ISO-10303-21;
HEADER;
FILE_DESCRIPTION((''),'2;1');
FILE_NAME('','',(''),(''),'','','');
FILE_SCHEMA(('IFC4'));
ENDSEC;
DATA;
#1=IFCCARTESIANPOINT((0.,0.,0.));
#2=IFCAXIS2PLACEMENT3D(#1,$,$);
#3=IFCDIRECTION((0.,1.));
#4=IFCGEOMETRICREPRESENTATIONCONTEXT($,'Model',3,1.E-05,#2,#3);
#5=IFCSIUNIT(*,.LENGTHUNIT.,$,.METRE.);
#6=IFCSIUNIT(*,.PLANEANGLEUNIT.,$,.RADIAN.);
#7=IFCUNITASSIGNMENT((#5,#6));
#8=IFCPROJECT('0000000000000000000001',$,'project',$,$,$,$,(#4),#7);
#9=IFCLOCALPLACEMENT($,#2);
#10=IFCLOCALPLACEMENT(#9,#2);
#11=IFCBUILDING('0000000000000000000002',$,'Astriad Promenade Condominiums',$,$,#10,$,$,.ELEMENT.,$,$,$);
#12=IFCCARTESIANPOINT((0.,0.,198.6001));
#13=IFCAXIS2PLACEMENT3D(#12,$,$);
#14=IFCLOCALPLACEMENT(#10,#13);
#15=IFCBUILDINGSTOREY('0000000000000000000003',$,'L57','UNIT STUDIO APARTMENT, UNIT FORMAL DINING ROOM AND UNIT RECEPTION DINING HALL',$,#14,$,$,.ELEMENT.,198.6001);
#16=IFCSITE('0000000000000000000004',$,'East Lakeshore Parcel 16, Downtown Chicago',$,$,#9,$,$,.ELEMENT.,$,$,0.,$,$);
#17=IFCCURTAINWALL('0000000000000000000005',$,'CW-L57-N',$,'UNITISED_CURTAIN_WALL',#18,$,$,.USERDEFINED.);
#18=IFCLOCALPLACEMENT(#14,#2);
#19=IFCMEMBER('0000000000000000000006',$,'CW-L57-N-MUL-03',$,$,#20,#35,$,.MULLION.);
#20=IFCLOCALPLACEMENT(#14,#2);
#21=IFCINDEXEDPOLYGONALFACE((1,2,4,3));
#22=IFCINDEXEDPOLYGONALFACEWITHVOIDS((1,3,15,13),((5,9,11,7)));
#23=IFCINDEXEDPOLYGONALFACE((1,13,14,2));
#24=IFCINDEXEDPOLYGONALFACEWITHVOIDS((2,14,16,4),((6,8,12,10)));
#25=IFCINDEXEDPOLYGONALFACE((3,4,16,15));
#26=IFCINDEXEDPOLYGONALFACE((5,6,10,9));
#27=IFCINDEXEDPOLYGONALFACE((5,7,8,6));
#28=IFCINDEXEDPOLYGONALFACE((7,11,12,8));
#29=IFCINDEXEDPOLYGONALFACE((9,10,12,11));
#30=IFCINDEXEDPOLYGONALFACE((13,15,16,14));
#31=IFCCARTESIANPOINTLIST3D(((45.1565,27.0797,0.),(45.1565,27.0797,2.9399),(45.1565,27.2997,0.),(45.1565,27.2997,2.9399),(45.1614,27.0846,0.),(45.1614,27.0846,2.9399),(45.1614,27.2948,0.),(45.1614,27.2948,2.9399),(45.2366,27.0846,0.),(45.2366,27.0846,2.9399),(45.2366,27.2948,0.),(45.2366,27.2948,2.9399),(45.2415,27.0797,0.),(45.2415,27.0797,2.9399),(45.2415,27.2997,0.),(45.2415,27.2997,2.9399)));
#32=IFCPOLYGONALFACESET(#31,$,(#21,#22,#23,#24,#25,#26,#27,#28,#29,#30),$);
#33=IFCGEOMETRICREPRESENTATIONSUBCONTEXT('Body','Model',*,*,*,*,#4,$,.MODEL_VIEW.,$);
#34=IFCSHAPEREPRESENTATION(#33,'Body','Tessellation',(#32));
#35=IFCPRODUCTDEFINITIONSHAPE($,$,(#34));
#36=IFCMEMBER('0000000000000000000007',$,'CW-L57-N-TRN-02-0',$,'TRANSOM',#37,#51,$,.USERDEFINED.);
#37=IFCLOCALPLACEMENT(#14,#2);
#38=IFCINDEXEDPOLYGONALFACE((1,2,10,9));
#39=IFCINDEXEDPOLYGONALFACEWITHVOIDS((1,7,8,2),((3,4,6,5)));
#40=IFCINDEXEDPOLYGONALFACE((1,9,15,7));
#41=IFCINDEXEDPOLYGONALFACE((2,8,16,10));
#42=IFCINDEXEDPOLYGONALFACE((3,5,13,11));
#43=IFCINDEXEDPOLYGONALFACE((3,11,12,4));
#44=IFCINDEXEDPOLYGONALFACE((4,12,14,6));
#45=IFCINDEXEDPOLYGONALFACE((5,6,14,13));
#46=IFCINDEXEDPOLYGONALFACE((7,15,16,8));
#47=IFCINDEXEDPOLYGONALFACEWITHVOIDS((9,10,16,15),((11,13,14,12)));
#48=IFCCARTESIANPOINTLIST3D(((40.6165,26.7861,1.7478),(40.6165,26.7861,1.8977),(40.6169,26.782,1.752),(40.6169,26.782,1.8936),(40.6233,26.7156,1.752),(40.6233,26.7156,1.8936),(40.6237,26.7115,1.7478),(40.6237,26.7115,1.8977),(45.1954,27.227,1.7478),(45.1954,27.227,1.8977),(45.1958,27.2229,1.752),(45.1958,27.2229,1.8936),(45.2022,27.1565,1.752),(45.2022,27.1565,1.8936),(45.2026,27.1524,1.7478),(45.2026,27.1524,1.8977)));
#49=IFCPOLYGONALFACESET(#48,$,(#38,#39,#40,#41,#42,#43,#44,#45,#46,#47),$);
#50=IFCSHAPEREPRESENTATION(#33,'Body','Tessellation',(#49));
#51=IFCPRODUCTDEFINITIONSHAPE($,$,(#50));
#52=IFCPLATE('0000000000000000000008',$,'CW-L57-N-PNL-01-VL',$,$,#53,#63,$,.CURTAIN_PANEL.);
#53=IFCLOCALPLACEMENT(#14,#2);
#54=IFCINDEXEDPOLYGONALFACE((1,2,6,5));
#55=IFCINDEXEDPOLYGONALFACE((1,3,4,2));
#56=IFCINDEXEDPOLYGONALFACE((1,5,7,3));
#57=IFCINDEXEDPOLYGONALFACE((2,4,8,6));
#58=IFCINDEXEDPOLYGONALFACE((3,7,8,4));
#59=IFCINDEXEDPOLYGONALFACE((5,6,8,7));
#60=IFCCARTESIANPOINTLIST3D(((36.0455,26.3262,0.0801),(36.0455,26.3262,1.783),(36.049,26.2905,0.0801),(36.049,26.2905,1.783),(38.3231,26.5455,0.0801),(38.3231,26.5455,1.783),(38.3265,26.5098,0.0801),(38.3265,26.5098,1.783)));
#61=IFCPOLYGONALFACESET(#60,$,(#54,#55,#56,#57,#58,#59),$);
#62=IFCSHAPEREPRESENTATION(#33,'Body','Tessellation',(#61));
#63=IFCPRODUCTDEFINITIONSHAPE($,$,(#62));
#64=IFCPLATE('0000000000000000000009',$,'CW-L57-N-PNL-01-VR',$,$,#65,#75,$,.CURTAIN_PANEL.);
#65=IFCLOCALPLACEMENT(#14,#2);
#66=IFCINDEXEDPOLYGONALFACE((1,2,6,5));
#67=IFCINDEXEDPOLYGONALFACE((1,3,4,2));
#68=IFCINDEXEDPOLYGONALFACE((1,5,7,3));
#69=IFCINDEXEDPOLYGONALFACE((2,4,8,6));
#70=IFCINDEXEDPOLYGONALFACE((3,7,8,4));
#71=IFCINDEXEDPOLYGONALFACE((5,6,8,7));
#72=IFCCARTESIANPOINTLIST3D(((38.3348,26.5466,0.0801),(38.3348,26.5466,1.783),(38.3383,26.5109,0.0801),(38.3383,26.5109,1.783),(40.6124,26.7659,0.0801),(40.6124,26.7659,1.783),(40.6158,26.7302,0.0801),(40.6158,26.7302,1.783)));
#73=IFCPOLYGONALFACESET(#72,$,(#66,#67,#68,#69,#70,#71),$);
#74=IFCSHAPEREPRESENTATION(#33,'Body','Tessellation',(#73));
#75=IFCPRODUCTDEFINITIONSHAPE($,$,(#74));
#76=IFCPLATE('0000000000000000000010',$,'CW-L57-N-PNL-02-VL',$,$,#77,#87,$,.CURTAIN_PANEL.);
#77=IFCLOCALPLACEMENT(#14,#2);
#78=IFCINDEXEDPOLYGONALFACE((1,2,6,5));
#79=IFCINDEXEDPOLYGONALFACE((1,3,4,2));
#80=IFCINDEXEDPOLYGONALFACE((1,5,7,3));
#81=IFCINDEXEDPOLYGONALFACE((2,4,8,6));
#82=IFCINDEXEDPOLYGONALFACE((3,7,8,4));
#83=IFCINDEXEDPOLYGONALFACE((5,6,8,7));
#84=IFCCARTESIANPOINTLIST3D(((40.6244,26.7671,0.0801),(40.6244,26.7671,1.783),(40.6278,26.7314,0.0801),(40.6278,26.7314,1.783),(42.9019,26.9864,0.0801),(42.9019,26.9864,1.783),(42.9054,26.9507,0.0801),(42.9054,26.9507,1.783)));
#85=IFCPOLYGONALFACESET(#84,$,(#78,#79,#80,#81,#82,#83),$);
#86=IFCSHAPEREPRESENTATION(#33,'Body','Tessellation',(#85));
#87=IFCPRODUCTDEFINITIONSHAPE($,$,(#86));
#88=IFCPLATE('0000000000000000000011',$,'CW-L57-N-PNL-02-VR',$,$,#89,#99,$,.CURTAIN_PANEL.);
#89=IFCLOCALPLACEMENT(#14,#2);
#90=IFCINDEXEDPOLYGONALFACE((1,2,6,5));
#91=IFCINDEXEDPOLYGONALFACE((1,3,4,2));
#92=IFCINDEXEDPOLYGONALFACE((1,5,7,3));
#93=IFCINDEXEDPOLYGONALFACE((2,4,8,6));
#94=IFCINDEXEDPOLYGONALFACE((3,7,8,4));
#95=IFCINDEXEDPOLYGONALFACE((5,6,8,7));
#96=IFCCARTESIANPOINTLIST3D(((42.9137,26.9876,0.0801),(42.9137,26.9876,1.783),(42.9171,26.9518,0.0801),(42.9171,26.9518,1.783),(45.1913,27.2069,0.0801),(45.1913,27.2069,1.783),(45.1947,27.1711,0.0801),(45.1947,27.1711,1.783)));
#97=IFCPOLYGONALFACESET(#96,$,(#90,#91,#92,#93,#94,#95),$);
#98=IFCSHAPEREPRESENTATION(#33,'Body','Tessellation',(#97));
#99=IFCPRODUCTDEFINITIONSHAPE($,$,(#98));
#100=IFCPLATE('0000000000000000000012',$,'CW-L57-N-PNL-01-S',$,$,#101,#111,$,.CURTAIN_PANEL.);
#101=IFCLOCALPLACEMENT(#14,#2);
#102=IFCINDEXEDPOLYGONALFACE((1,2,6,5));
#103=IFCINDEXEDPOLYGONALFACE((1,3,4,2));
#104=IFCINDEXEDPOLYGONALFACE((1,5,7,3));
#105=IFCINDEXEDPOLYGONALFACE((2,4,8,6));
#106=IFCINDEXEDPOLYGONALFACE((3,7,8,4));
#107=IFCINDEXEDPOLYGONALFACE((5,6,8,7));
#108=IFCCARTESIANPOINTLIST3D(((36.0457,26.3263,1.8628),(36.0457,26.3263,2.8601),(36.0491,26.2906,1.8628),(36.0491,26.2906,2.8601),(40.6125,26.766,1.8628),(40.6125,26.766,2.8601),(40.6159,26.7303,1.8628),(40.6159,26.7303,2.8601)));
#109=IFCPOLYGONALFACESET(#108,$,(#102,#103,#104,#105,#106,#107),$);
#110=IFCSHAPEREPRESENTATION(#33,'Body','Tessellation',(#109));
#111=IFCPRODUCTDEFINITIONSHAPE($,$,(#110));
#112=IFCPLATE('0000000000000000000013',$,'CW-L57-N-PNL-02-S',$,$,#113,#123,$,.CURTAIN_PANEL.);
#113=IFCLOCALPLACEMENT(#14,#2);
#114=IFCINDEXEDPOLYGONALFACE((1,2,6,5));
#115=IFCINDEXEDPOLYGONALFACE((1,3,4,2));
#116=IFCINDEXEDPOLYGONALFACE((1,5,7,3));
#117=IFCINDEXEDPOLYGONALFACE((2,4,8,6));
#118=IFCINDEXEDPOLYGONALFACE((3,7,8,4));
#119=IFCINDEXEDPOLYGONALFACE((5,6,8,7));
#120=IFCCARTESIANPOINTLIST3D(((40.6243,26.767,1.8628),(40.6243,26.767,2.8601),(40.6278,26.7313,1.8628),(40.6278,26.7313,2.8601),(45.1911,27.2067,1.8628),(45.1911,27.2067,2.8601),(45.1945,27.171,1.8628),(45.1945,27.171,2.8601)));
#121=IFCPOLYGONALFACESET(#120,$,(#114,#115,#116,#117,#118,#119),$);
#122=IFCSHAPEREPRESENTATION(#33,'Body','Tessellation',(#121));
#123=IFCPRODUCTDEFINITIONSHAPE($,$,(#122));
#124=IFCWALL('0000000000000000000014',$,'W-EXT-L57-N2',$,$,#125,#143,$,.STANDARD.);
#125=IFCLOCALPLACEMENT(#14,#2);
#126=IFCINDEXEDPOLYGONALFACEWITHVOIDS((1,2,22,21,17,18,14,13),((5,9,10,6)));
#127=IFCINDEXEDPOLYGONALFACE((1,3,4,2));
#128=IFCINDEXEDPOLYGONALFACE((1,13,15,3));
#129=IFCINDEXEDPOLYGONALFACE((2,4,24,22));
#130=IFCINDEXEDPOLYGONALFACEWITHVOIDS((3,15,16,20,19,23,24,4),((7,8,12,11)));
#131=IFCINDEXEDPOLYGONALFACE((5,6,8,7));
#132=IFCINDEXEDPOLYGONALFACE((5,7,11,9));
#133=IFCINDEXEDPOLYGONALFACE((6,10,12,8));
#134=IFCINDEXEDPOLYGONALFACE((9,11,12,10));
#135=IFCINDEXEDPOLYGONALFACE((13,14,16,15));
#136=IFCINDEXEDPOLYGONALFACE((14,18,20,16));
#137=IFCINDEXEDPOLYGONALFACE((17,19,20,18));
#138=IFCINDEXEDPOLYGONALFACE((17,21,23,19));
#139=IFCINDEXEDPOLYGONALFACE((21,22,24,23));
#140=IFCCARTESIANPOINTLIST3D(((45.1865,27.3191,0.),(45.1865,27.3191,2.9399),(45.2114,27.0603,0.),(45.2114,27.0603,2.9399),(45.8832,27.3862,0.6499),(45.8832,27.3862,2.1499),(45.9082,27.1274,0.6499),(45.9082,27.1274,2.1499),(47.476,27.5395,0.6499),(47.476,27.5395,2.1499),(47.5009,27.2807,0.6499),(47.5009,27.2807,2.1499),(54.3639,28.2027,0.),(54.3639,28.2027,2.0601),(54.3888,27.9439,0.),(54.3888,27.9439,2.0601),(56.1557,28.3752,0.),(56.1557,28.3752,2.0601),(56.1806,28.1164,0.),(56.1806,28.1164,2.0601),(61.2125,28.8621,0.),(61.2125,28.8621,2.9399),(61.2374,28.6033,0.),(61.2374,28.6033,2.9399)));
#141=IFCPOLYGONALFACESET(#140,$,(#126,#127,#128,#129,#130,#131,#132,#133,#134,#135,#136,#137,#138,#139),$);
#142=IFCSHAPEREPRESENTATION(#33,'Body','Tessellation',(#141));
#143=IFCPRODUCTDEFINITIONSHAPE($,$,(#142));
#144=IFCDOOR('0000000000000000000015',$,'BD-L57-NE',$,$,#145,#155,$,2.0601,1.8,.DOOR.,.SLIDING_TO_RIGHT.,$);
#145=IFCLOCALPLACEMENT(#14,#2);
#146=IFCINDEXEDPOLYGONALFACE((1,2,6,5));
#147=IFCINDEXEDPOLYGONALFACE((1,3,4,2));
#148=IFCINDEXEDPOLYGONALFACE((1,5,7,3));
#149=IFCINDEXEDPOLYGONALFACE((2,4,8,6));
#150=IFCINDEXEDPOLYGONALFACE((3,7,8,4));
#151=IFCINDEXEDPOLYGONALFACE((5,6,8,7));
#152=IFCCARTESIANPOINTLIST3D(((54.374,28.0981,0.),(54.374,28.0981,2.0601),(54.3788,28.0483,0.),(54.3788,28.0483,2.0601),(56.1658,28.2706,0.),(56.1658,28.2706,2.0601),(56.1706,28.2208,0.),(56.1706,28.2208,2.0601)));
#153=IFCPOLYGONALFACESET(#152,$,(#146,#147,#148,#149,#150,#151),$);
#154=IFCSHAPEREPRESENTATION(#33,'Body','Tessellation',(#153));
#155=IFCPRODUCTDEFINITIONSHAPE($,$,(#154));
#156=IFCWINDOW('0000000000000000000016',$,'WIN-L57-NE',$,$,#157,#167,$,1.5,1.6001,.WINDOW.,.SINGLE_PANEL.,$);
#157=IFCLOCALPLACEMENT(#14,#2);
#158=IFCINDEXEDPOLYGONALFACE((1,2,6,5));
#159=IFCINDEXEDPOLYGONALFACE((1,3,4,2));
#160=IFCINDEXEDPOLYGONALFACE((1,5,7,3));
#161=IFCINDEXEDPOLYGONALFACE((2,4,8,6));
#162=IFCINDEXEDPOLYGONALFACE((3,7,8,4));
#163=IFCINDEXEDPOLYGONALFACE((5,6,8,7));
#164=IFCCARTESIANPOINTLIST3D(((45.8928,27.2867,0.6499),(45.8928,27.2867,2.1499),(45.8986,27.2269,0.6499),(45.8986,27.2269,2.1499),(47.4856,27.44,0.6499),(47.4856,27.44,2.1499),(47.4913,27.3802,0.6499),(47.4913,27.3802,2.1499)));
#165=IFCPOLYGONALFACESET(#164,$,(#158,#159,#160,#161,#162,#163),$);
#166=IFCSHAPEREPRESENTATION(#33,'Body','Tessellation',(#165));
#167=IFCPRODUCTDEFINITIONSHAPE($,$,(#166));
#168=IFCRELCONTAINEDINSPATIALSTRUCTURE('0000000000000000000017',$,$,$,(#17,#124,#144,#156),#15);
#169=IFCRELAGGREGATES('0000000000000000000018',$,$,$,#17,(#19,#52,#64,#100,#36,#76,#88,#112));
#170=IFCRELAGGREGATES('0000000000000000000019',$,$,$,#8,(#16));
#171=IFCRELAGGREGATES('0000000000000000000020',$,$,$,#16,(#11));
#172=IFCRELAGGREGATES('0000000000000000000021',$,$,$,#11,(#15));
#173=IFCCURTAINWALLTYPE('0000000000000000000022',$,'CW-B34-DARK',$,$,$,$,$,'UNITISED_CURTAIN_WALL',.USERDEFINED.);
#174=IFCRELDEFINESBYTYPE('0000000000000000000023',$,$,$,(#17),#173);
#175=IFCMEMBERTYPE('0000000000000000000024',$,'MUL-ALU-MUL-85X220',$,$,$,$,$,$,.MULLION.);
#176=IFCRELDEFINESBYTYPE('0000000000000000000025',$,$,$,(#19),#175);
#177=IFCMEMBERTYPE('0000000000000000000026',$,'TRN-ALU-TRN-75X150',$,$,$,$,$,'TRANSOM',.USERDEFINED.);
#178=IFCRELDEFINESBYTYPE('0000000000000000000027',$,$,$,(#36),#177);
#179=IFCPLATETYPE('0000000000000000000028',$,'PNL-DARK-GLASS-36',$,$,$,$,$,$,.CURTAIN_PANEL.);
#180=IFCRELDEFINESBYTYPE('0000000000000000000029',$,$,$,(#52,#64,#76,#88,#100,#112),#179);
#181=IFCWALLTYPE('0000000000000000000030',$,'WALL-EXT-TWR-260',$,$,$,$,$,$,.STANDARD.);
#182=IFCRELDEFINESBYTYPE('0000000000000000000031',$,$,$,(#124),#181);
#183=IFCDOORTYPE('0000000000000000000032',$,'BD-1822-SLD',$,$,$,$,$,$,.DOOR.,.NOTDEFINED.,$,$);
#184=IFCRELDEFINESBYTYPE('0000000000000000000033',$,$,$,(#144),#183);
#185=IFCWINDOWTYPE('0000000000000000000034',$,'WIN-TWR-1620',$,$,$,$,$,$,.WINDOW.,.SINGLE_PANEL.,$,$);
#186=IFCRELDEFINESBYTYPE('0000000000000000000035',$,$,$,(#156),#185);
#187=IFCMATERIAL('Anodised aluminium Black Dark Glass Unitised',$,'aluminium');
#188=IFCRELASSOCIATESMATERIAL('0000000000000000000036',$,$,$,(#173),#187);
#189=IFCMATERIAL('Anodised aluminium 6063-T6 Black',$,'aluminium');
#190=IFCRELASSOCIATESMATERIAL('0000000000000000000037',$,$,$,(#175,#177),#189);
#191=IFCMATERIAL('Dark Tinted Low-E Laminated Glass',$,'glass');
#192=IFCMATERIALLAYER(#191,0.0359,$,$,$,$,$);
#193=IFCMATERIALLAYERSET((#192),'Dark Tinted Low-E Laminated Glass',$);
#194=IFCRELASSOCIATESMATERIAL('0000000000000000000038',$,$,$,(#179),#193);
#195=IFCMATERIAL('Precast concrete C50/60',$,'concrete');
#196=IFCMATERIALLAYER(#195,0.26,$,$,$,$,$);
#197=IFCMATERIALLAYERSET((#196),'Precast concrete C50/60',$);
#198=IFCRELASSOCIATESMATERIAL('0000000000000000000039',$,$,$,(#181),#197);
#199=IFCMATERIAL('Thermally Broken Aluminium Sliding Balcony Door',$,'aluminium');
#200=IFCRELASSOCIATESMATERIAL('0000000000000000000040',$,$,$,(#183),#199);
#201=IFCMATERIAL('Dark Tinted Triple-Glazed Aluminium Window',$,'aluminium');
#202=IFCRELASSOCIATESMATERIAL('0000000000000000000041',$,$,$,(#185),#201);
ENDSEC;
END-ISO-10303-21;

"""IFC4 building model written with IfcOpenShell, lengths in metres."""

from ifc_helpers import new_model, si_unit, direction, frame, frame_2d, origin, origin_2d, place, context, subcontext, project, spatial, rectangle, hollow_rectangle, extrude, source, transform, mapped, material, layer, layer_set, material_profile, profile_set, type_object, type_shapes, element, fill, aggregate, save


model = new_model("IFC4")

# Units and contexts
model_context = context("Model", 3, precision=1e-05, world=origin(), true_north=direction((0.0, 1.0)))
body_context = subcontext(model_context, "Body", "Model", "MODEL_VIEW")
ifc_project = project(units=[si_unit("LENGTHUNIT", "METRE"), si_unit("PLANEANGLEUNIT", "RADIAN")], contexts=[model_context])

# Site, building, storey
site_placement = place(None, origin())
site = spatial("IfcSite", under=ifc_project, at=site_placement, Name="East Lakeshore Parcel 16, Downtown Chicago", CompositionType="ELEMENT", RefElevation=0.0)
building_placement = place(site_placement, origin())
building = spatial("IfcBuilding", under=site, at=building_placement, Name="Astriad Promenade Condominiums", CompositionType="ELEMENT")
storey_placement = place(building_placement, frame((0.0, 0.0, 198.6001)))
storey = spatial("IfcBuildingStorey", under=building, at=storey_placement, Name="L57", Description="UNIT STUDIO APARTMENT, UNIT FORMAL DINING ROOM AND UNIT RECEPTION DINING HALL", CompositionType="ELEMENT", Elevation=198.6001)

# Curtain wall, members, plates
ifc_material_1 = material(Name="Anodised aluminium Black Dark Glass Unitised", Category="aluminium")
curtain_wall_type = type_object("IfcCurtainWallType", Name="CW-B34-DARK", ElementType="UNITISED_CURTAIN_WALL", PredefinedType="USERDEFINED", material=ifc_material_1)
curtain_wall_placement = place(storey_placement, origin())
curtain_wall = element("IfcCurtainWall", 1, at=curtain_wall_placement, inside=storey, type_object=curtain_wall_type, Name="CW-L57-N", ObjectType="UNITISED_CURTAIN_WALL", PredefinedType="USERDEFINED")
ifc_material_2 = material(Name="Anodised aluminium 6063-T6 Black", Category="aluminium")
ifc_material_profile_1 = material_profile(ifc_material_2, hollow_rectangle(XDim=0.085, YDim=0.22, WallThickness=0.0049, at=origin_2d()), Name="ALU-MUL-85X220")
ifc_profile_set_1 = profile_set([ifc_material_profile_1], Name="Anodised aluminium 6063-T6 Black")
member_type_1 = type_object("IfcMemberType", Name="MUL-ALU-MUL-85X220", PredefinedType="MULLION", material=ifc_profile_set_1)
shared_shape_1 = source(origin(), body_context, "Body", "SweptSolid", [
    extrude(hollow_rectangle(XDim=0.085, YDim=0.22, WallThickness=0.0049, at=origin_2d()), origin(), (0.0, 0.0, 1.0), 2.9399),
])
type_shapes(member_type_1, [shared_shape_1])
member_1_placement = place(storey_placement, frame((45.199, 27.1897, 0.0), z_axis=(0.0, 0.0, 1.0), x_axis=(1.0, 0.0, 0.0)))
member_1 = element("IfcMember", 2, at=member_1_placement, type_object=member_type_1, Name="CW-L57-N-MUL-03", PredefinedType="MULLION", context=body_context, shape_type="MappedRepresentation", body=[
    mapped(shared_shape_1, transform((0.0, 0.0, 0.0), scale=1.0)),
])
ifc_material_profile_2 = material_profile(ifc_material_2, hollow_rectangle(XDim=0.075, YDim=0.1499, WallThickness=0.0042, at=origin_2d()), Name="ALU-TRN-75X150")
ifc_profile_set_2 = profile_set([ifc_material_profile_2], Name="Anodised aluminium 6063-T6 Black")
member_type_2 = type_object("IfcMemberType", Name="TRN-ALU-TRN-75X150", ElementType="TRANSOM", PredefinedType="USERDEFINED", material=ifc_profile_set_2)
shared_shape_2 = source(origin(), body_context, "Body", "SweptSolid", [
    extrude(hollow_rectangle(XDim=0.075, YDim=0.1499, WallThickness=0.0042, at=origin_2d()), origin(), (0.0, 0.0, 1.0), 4.6001),
])
type_shapes(member_type_2, [shared_shape_2])
member_2_placement = place(storey_placement, frame((40.6201, 26.7488, 1.8228), z_axis=(0.995396, 0.095851, 0.0), x_axis=(-0.095851, 0.995396, 0.0)))
member_2 = element("IfcMember", 3, at=member_2_placement, type_object=member_type_2, Name="CW-L57-N-TRN-02-0", ObjectType="TRANSOM", PredefinedType="USERDEFINED", context=body_context, shape_type="MappedRepresentation", body=[
    mapped(shared_shape_2, transform((0.0, 0.0, 0.0), scale=1.0)),
])
ifc_material_3 = material(Name="Dark Tinted Low-E Laminated Glass", Category="glass")
ifc_layer_1 = layer(ifc_material_3, 0.0359)
ifc_layer_set_1 = layer_set([ifc_layer_1], Name="Dark Tinted Low-E Laminated Glass")
plate_type = type_object("IfcPlateType", Name="PNL-DARK-GLASS-36", PredefinedType="CURTAIN_PANEL", material=ifc_layer_set_1)
shared_shape_3 = source(origin(), body_context, "Body", "SweptSolid", [
    extrude(rectangle(XDim=2.2881, YDim=0.0359, at=origin_2d()), origin(), (0.0, 0.0, 1.0), 1.7029),
])
plate_1_placement = place(storey_placement, frame((37.186, 26.418, 0.0801), z_axis=(0.0, 0.0, 1.0), x_axis=(0.995396, 0.095846, 0.0)))
plate_1 = element("IfcPlate", 4, at=plate_1_placement, type_object=plate_type, Name="CW-L57-N-PNL-01-VL", PredefinedType="CURTAIN_PANEL", context=body_context, shape_type="MappedRepresentation", body=[
    mapped(shared_shape_3, transform((0.0, 0.0, 0.0), scale=1.0)),
])
plate_2_placement = place(storey_placement, frame((39.4753, 26.6384, 0.0801), z_axis=(0.0, 0.0, 1.0), x_axis=(0.995396, 0.095846, 0.0)))
plate_2 = element("IfcPlate", 5, at=plate_2_placement, type_object=plate_type, Name="CW-L57-N-PNL-01-VR", PredefinedType="CURTAIN_PANEL", context=body_context, shape_type="MappedRepresentation", body=[
    mapped(shared_shape_3, transform((0.0, 0.0, 0.0), scale=1.0)),
])
plate_3_placement = place(storey_placement, frame((41.7649, 26.8589, 0.0801), z_axis=(0.0, 0.0, 1.0), x_axis=(0.995396, 0.095846, 0.0)))
plate_3 = element("IfcPlate", 6, at=plate_3_placement, type_object=plate_type, Name="CW-L57-N-PNL-02-VL", PredefinedType="CURTAIN_PANEL", context=body_context, shape_type="MappedRepresentation", body=[
    mapped(shared_shape_3, transform((0.0, 0.0, 0.0), scale=1.0)),
])
plate_4_placement = place(storey_placement, frame((44.0542, 27.0793, 0.0801), z_axis=(0.0, 0.0, 1.0), x_axis=(0.995396, 0.095846, 0.0)))
plate_4 = element("IfcPlate", 7, at=plate_4_placement, type_object=plate_type, Name="CW-L57-N-PNL-02-VR", PredefinedType="CURTAIN_PANEL", context=body_context, shape_type="MappedRepresentation", body=[
    mapped(shared_shape_3, transform((0.0, 0.0, 0.0), scale=1.0)),
])
shared_shape_4 = source(origin(), body_context, "Body", "SweptSolid", [
    extrude(rectangle(XDim=4.5879, YDim=0.0359, at=origin_2d()), origin(), (0.0, 0.0, 1.0), 0.9973),
])
type_shapes(plate_type, [shared_shape_3, shared_shape_4])
plate_5_placement = place(storey_placement, frame((38.3308, 26.5283, 1.8628), z_axis=(0.0, 0.0, 1.0), x_axis=(0.995396, 0.095846, 0.0)))
plate_5 = element("IfcPlate", 8, at=plate_5_placement, type_object=plate_type, Name="CW-L57-N-PNL-01-S", PredefinedType="CURTAIN_PANEL", context=body_context, shape_type="MappedRepresentation", body=[
    mapped(shared_shape_4, transform((0.0, 0.0, 0.0), scale=1.0)),
])
plate_6_placement = place(storey_placement, frame((42.9094, 26.969, 1.8628), z_axis=(0.0, 0.0, 1.0), x_axis=(0.995396, 0.095846, 0.0)))
plate_6 = element("IfcPlate", 9, at=plate_6_placement, type_object=plate_type, Name="CW-L57-N-PNL-02-S", PredefinedType="CURTAIN_PANEL", context=body_context, shape_type="MappedRepresentation", body=[
    mapped(shared_shape_4, transform((0.0, 0.0, 0.0), scale=1.0)),
])
aggregate(curtain_wall, [member_1, plate_1, plate_2, plate_5, member_2, plate_3, plate_4, plate_6])

# Wall, openings, door, window
ifc_material_4 = material(Name="Precast concrete C50/60", Category="concrete")
ifc_layer_2 = layer(ifc_material_4, 0.26)
ifc_layer_set_2 = layer_set([ifc_layer_2], Name="Precast concrete C50/60")
wall_type_1 = type_object("IfcWallType", Name="WALL-EXT-TWR-260", PredefinedType="STANDARD", material=ifc_layer_set_2)
wall_1_placement = place(storey_placement, frame((45.199, 27.1897, 0.0), z_axis=(0.0, 0.0, 1.0), x_axis=(0.995397, 0.095837, 0.0)))
wall_1 = element("IfcWall", 10, at=wall_1_placement, inside=storey, type_object=wall_type_1, Name="W-EXT-L57-N2", PredefinedType="STANDARD", context=body_context, shape_type="SweptSolid", body=[
    extrude(rectangle(XDim=16.1001, YDim=0.26, at=frame_2d((8.05, 0.0))), origin(), (0.0, 0.0, 1.0), 2.9399),
])
opening_1_placement = place(wall_1_placement, frame((9.22, 0.0, 0.0)))
opening_1 = element("IfcOpeningElement", 11, at=opening_1_placement, cuts=wall_1, PredefinedType="OPENING", context=body_context, shape_type="SweptSolid", body=[
    extrude(rectangle(XDim=1.8, YDim=2.0601, at=frame_2d((0.8999, 1.03))), frame((0.0, 0.1399, 0.0), z_axis=(0.0, -1.0, 0.0), x_axis=(1.0, 0.0, 0.0)), (0.0, 0.0, 1.0), 0.28),
])
opening_2_placement = place(wall_1_placement, frame((0.7, 0.0, 0.6499)))
opening_2 = element("IfcOpeningElement", 12, at=opening_2_placement, cuts=wall_1, PredefinedType="OPENING", context=body_context, shape_type="SweptSolid", body=[
    extrude(rectangle(XDim=1.6001, YDim=1.5, at=frame_2d((0.8, 0.75))), frame((0.0, 0.1399, 0.0), z_axis=(0.0, -1.0, 0.0), x_axis=(1.0, 0.0, 0.0)), (0.0, 0.0, 1.0), 0.28),
])
ifc_material_5 = material(Name="Thermally Broken Aluminium Sliding Balcony Door", Category="aluminium")
door_type_1 = type_object("IfcDoorType", Name="BD-1822-SLD", OperationType="NOTDEFINED", PredefinedType="DOOR", material=ifc_material_5)
shared_shape_5 = source(origin(), body_context, "Body", "SweptSolid", [
    extrude(rectangle(XDim=1.8, YDim=2.0601, at=frame_2d((0.8999, 1.03))), frame((0.0, 0.0249, 0.0), z_axis=(0.0, -1.0, 0.0), x_axis=(1.0, 0.0, 0.0)), (0.0, 0.0, 1.0), 0.05),
])
type_shapes(door_type_1, [shared_shape_5])
door_1_placement = place(opening_1_placement, origin())
door_1 = element("IfcDoor", 13, at=door_1_placement, inside=storey, type_object=door_type_1, Name="BD-L57-NE", OperationType="SLIDING_TO_RIGHT", OverallHeight=2.0601, OverallWidth=1.8, PredefinedType="DOOR", context=body_context, shape_type="MappedRepresentation", body=[
    mapped(shared_shape_5, transform((0.0, 0.0, 0.0), scale=1.0)),
])
fill(opening_1, door_1)
ifc_material_6 = material(Name="Dark Tinted Triple-Glazed Aluminium Window", Category="aluminium")
window_type = type_object("IfcWindowType", Name="WIN-TWR-1620", PartitioningType="SINGLE_PANEL", PredefinedType="WINDOW", material=ifc_material_6)
shared_shape_6 = source(origin(), body_context, "Body", "SweptSolid", [
    extrude(rectangle(XDim=1.6001, YDim=1.5, at=frame_2d((0.8, 0.75))), frame((0.0, 0.03, 0.0), z_axis=(0.0, -1.0, 0.0), x_axis=(1.0, 0.0, 0.0)), (0.0, 0.0, 1.0), 0.0601),
])
type_shapes(window_type, [shared_shape_6])
window_placement = place(opening_2_placement, origin())
window = element("IfcWindow", 14, at=window_placement, inside=storey, type_object=window_type, Name="WIN-L57-NE", OverallHeight=1.5, OverallWidth=1.6001, PartitioningType="SINGLE_PANEL", PredefinedType="WINDOW", context=body_context, shape_type="MappedRepresentation", body=[
    mapped(shared_shape_6, transform((0.0, 0.0, 0.0), scale=1.0)),
])
fill(opening_2, window)

save(model, "model.ifc")
